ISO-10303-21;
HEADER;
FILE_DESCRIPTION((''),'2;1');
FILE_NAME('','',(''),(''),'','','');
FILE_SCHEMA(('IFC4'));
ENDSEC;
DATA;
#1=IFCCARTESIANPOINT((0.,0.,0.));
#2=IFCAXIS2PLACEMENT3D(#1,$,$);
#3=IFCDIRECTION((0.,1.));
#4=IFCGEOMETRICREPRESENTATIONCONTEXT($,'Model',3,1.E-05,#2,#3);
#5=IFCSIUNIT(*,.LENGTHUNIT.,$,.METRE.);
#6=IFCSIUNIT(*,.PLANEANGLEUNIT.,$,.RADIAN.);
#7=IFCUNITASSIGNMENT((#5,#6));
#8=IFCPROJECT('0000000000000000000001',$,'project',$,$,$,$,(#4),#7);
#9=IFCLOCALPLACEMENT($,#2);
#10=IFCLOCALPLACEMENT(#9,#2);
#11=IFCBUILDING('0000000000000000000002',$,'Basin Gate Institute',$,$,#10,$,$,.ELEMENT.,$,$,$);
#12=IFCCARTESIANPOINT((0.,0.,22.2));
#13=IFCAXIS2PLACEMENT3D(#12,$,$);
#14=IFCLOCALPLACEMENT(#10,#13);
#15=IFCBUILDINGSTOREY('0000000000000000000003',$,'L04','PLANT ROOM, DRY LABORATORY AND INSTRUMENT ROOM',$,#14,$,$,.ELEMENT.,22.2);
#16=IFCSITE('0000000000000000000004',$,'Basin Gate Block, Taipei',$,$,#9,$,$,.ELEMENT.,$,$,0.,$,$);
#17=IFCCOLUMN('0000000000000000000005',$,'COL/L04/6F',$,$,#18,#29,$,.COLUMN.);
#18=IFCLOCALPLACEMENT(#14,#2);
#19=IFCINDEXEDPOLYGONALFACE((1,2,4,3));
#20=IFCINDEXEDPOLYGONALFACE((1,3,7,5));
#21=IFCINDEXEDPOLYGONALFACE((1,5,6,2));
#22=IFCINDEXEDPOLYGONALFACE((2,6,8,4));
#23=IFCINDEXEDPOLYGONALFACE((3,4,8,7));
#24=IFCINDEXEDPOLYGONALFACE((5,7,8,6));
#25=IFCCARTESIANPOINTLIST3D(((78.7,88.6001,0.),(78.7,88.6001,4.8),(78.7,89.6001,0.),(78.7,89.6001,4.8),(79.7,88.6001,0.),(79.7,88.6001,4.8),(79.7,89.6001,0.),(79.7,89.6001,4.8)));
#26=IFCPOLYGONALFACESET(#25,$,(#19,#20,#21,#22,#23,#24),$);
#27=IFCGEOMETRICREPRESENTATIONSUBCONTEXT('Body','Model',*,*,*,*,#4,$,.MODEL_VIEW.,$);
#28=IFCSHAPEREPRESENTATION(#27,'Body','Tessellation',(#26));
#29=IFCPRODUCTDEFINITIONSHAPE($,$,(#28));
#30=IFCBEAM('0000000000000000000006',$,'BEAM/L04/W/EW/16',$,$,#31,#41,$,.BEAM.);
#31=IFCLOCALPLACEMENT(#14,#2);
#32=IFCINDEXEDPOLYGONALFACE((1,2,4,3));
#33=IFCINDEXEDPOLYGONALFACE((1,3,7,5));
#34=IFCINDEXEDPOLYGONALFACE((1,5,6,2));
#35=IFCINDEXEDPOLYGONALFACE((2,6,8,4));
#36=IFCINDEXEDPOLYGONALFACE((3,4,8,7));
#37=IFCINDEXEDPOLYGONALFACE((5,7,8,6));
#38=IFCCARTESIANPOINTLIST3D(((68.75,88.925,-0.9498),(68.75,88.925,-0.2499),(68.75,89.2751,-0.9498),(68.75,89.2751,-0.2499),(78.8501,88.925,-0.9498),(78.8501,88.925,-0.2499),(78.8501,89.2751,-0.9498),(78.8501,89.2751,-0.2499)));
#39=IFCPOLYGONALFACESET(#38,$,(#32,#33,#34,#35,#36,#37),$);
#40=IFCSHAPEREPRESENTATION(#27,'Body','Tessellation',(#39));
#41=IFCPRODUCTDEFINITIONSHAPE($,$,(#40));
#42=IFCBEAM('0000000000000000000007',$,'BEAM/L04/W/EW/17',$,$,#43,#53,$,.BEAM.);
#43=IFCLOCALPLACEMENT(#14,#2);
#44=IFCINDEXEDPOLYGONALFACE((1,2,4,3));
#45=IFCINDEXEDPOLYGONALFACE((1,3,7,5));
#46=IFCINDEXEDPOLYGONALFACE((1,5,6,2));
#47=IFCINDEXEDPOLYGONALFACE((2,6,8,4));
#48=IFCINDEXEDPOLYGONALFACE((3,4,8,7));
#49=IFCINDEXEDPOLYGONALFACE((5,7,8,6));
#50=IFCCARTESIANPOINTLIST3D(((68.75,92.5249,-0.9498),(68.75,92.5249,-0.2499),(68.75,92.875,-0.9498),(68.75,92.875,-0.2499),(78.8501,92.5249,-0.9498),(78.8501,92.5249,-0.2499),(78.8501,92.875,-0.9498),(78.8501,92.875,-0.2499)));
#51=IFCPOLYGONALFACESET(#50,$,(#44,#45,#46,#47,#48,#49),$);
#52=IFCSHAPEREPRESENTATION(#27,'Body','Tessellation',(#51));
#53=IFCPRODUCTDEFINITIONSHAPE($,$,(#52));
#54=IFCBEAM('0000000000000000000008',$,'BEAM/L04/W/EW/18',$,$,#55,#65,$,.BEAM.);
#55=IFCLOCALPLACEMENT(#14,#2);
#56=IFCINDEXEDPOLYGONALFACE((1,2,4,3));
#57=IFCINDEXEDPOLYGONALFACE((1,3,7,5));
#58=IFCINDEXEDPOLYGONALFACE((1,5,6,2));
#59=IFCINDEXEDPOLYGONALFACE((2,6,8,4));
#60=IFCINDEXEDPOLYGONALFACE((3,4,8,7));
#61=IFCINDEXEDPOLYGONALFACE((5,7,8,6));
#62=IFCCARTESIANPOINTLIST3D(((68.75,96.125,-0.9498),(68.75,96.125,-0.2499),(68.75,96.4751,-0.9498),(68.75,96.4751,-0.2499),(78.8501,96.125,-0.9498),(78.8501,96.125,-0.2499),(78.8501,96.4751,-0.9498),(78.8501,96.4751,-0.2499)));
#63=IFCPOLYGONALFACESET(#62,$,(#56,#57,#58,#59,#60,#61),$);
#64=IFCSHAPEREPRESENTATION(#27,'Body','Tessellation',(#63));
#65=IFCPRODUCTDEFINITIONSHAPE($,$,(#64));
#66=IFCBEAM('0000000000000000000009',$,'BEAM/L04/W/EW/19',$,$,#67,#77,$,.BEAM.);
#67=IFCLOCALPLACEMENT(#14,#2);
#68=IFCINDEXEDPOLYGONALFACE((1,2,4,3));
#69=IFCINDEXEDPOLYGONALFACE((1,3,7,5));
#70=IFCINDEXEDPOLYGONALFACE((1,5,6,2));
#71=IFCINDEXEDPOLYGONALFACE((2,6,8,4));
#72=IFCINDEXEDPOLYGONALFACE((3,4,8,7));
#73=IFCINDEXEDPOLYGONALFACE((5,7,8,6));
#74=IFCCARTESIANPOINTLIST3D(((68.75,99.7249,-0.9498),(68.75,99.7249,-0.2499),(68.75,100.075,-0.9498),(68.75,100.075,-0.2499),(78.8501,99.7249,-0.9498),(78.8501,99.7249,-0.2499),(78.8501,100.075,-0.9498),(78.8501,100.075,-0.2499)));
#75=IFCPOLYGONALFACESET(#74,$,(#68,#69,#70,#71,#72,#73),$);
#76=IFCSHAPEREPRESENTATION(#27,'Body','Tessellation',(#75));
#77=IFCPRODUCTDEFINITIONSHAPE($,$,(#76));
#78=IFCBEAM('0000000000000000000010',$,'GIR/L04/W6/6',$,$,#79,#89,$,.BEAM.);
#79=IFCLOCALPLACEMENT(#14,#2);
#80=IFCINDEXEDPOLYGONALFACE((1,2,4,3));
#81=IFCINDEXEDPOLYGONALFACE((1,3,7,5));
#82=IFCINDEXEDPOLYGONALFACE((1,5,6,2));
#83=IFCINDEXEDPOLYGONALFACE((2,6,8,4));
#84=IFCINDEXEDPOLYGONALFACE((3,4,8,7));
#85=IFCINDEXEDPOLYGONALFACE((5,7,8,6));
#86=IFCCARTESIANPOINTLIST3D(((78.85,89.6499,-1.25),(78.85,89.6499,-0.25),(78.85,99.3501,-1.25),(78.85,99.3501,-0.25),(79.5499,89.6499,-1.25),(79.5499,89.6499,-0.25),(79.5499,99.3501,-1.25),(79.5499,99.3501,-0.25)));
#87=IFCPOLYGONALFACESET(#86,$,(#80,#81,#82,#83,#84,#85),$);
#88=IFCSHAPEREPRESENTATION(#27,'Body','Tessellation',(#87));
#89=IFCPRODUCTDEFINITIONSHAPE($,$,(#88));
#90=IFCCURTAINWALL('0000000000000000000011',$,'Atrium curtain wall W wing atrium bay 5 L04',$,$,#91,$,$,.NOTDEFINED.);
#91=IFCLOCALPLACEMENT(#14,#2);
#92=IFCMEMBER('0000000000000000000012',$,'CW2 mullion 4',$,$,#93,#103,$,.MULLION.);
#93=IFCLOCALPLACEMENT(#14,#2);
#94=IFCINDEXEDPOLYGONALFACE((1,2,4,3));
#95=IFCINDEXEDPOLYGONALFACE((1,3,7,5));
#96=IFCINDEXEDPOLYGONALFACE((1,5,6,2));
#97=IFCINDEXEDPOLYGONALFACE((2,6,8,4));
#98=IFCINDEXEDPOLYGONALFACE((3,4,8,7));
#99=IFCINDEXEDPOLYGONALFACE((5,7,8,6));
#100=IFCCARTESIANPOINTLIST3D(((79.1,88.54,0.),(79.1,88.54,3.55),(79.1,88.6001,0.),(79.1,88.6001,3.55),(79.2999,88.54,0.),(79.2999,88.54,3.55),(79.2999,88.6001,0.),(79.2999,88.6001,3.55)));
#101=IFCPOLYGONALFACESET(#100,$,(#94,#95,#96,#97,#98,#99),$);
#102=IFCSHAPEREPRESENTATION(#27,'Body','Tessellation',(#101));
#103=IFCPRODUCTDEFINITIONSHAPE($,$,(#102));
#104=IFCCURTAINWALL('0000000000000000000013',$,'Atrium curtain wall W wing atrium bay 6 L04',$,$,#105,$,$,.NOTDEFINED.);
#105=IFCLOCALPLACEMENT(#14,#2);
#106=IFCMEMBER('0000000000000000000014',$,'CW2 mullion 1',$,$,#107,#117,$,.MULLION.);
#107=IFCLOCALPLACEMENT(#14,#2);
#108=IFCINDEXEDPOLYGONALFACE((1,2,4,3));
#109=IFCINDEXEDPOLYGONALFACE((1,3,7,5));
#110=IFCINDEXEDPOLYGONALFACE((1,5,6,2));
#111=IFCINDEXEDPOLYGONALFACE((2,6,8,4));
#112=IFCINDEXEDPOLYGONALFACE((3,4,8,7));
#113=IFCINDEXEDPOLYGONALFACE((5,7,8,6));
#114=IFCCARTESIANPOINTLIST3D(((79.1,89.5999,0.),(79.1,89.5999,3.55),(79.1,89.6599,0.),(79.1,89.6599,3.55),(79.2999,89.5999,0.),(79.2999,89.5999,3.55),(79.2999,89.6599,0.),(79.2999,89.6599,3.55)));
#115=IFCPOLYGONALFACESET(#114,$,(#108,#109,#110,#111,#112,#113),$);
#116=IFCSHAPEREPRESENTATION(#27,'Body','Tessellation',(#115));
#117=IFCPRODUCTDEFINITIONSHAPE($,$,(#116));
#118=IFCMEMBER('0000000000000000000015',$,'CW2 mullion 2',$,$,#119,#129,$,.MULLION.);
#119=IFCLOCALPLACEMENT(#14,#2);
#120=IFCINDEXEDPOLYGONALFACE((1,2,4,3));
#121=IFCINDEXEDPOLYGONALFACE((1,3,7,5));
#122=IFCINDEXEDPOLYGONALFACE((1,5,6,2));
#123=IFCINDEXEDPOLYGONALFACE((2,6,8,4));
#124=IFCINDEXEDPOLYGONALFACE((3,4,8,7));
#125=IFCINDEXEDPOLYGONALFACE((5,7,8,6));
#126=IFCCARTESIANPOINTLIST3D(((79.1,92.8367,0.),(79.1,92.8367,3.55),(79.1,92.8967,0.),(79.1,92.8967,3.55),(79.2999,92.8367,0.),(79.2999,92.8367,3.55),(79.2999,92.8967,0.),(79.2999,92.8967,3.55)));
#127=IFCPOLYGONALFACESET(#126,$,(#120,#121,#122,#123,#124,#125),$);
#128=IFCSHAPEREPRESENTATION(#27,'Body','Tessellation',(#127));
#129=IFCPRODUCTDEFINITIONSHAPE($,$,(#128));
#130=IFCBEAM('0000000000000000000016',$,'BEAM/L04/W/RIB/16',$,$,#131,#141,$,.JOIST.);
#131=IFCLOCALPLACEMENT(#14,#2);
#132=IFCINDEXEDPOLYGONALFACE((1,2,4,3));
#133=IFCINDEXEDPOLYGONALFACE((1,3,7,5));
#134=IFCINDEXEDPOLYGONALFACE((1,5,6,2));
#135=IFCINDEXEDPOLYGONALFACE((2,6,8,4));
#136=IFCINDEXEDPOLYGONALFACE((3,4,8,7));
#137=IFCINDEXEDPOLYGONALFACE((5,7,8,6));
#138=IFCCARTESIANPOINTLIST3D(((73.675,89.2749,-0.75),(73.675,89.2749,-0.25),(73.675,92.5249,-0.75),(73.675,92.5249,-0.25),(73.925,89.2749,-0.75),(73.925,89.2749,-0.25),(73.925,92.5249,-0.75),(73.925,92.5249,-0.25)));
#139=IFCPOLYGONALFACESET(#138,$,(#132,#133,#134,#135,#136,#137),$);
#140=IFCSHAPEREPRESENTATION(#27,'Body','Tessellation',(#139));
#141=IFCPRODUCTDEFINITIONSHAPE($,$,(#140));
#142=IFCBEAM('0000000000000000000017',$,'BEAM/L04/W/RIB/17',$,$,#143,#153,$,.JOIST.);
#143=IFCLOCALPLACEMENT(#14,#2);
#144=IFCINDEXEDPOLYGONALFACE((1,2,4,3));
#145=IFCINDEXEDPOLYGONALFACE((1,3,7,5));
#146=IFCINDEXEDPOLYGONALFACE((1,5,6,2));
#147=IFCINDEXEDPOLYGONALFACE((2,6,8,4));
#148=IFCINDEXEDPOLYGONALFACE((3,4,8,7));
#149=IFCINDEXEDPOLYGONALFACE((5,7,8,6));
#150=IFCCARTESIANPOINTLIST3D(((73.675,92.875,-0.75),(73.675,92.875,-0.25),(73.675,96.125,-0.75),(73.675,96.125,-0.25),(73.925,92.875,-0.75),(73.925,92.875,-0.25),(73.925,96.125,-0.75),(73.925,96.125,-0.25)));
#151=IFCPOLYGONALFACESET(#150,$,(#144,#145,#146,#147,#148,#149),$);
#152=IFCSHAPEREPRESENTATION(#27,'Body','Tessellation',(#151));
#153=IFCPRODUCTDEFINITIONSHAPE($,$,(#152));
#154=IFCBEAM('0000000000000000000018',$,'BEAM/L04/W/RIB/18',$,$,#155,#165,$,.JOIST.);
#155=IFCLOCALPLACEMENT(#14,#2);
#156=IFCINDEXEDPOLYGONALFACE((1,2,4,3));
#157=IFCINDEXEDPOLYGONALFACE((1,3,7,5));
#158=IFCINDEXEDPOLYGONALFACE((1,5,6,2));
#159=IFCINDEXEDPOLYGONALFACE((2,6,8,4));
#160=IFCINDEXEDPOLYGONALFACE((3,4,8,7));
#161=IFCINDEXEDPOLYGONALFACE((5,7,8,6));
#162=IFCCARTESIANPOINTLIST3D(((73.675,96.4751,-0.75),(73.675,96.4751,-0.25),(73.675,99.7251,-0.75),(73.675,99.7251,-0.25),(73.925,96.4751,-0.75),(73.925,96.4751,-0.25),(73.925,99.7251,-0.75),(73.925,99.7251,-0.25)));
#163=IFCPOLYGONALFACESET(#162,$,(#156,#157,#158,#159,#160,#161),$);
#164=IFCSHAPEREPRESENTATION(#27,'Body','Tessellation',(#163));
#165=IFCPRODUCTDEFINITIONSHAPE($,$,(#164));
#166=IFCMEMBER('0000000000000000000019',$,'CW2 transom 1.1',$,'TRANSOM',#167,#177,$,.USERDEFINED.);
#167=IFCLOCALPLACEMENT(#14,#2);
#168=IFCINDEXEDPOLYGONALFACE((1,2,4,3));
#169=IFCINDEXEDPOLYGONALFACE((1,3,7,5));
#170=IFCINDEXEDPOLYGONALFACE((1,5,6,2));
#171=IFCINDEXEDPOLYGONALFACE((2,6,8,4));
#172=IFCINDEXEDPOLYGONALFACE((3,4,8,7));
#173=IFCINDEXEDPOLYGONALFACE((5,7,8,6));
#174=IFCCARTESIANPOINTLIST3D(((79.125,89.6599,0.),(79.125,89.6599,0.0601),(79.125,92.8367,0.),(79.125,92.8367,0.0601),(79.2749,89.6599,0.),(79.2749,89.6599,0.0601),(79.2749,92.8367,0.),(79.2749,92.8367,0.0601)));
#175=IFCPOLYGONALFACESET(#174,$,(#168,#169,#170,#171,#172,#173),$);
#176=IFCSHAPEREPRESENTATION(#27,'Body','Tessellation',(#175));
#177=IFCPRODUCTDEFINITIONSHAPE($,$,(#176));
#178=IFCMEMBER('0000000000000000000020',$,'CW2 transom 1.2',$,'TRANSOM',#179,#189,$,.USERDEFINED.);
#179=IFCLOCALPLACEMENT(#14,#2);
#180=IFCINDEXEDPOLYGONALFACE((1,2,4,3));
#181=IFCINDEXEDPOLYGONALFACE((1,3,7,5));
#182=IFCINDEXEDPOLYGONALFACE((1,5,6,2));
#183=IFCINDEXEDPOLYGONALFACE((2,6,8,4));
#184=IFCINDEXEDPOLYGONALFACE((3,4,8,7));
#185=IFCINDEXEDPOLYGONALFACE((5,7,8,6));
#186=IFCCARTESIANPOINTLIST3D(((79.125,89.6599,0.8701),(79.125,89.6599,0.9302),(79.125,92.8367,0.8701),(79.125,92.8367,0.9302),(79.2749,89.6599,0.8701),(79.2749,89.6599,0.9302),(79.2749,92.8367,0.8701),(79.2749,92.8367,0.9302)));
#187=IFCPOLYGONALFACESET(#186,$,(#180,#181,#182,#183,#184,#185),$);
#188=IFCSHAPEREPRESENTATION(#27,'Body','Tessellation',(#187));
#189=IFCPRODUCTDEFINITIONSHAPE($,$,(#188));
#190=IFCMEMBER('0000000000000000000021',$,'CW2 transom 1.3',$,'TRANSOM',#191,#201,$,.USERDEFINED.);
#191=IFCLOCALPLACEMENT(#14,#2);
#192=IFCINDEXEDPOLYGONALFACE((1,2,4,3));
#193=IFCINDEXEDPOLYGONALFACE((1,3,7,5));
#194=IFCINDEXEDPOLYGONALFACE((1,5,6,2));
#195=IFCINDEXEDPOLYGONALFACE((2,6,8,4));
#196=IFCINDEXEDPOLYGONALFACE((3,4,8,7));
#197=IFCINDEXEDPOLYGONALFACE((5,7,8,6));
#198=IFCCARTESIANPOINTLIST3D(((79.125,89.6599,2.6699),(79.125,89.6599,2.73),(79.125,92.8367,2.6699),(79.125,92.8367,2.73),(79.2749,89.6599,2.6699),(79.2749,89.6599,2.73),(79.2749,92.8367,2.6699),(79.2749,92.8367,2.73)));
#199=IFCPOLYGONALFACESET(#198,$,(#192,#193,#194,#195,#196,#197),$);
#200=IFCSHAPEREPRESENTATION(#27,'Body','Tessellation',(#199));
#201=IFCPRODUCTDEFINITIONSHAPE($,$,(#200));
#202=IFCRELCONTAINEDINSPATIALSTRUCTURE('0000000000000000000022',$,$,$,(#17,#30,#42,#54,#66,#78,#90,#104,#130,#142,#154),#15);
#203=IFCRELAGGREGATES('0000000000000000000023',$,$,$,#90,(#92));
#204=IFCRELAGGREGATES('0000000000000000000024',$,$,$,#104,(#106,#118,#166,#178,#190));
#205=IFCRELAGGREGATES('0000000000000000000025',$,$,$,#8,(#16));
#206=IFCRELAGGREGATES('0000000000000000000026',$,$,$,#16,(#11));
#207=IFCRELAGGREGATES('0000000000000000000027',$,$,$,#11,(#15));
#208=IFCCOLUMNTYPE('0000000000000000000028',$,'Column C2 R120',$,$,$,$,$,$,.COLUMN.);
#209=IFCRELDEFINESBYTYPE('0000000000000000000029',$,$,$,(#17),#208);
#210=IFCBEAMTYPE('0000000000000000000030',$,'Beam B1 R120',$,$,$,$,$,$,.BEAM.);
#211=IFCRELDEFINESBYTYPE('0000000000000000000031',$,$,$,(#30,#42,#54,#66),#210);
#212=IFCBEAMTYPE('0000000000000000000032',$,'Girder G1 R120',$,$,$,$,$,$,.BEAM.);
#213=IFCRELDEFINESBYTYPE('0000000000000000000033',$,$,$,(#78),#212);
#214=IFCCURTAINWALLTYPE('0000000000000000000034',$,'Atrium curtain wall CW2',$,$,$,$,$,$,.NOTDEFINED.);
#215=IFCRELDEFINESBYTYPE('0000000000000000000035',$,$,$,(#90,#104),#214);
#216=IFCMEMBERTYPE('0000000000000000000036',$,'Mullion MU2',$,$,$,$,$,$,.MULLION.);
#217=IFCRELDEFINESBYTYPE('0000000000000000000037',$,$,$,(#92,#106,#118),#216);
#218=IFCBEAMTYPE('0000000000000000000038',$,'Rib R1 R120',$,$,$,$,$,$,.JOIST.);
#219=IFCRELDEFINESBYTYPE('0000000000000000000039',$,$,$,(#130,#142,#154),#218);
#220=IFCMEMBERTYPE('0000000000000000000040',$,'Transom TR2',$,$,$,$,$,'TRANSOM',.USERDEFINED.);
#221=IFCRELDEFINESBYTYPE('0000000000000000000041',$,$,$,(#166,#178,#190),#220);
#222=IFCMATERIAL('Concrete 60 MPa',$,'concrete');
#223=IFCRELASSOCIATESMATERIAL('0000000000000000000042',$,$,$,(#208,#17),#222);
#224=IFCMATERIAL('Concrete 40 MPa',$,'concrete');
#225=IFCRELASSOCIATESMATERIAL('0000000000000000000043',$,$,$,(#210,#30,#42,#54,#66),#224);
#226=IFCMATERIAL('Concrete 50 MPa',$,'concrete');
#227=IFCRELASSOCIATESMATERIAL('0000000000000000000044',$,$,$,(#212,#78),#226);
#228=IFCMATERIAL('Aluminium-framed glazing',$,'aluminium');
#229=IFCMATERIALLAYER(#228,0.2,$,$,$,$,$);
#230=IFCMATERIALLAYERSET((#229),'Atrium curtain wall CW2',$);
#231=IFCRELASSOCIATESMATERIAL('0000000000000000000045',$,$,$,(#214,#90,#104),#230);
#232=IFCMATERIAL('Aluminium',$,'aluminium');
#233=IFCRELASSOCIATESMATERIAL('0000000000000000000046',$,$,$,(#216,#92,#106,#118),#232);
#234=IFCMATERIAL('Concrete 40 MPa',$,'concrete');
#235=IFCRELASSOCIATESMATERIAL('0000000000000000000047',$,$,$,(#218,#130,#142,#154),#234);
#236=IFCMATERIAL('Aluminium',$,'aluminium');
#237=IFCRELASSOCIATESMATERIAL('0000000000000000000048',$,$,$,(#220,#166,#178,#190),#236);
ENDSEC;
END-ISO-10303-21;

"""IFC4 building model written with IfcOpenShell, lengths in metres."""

from ifc_helpers import new_model, si_unit, direction, frame, origin, origin_2d, place, context, subcontext, project, spatial, rectangle, extrude, material, layer, layer_set, material_profile, profile_set, type_object, element, aggregate, save


model = new_model("IFC4")

# Units and contexts
model_context = context("Model", 3, precision=1e-05, world=origin(), true_north=direction((0.0, 1.0)))
body_context = subcontext(model_context, "Body", "Model", "MODEL_VIEW")
ifc_project = project(units=[si_unit("LENGTHUNIT", "METRE"), si_unit("PLANEANGLEUNIT", "RADIAN")], contexts=[model_context])

# Site, building, storey
site_placement = place(None, origin())
site = spatial("IfcSite", under=ifc_project, at=site_placement, Name="Basin Gate Block, Taipei", CompositionType="ELEMENT", RefElevation=0.0)
building_placement = place(site_placement, origin())
building = spatial("IfcBuilding", under=site, at=building_placement, Name="Basin Gate Institute", CompositionType="ELEMENT")
storey_placement = place(building_placement, frame((0.0, 0.0, 22.2)))
storey = spatial("IfcBuildingStorey", under=building, at=storey_placement, Name="L04", Description="PLANT ROOM, DRY LABORATORY AND INSTRUMENT ROOM", CompositionType="ELEMENT", Elevation=22.2)

# Column
ifc_material_1 = material(Name="Concrete 60 MPa", Category="concrete")
ifc_material_profile_1 = material_profile(ifc_material_1, rectangle(XDim=1.0, YDim=1.0, at=origin_2d()), Name="Column C2 1000 x 1000")
ifc_profile_set_1 = profile_set([ifc_material_profile_1], Name="Concrete 60 MPa")
column_type = type_object("IfcColumnType", Name="Column C2 R120", PredefinedType="COLUMN", material=ifc_profile_set_1)
column_placement = place(storey_placement, frame((79.2, 89.1001, 0.0), z_axis=(0.0, 0.0, 1.0), x_axis=(1.0, 0.0, 0.0)))
element("IfcColumn", 1, at=column_placement, inside=storey, type_object=column_type, material=ifc_profile_set_1, Name="COL/L04/6F", PredefinedType="COLUMN", context=body_context, shape_type="SweptSolid", body=[
    extrude(rectangle(XDim=1.0, YDim=1.0, at=origin_2d()), origin(), (0.0, 0.0, 1.0), 4.8),
])

# Beams
ifc_material_2 = material(Name="Concrete 40 MPa", Category="concrete")
ifc_material_profile_2 = material_profile(ifc_material_2, rectangle(XDim=0.3501, YDim=0.7, at=origin_2d()), Name="Beam B1 350 x 700")
ifc_profile_set_2 = profile_set([ifc_material_profile_2], Name="Concrete 40 MPa")
beam_type_1 = type_object("IfcBeamType", Name="Beam B1 R120", PredefinedType="BEAM", material=ifc_profile_set_2)
for number, where, z_axis, x_axis, name in (
    (2, (68.75, 89.1001, -0.5999), (1.0, 0.0, 0.0), (0.0, 1.0, 0.0), "BEAM/L04/W/EW/16"),
    (3, (68.75, 92.7, -0.5999), (1.0, 0.0, 0.0), (0.0, 1.0, 0.0), "BEAM/L04/W/EW/17"),
    (4, (68.75, 96.3, -0.5999), (1.0, 0.0, 0.0), (0.0, 1.0, 0.0), "BEAM/L04/W/EW/18"),
    (5, (68.75, 99.8999, -0.5999), (1.0, 0.0, 0.0), (0.0, 1.0, 0.0), "BEAM/L04/W/EW/19"),
):
    element("IfcBeam", number, at=place(storey_placement, frame(where, z_axis=z_axis, x_axis=x_axis)), inside=storey, type_object=beam_type_1, material=ifc_profile_set_2, Name=name, PredefinedType="BEAM", context=body_context, shape_type="SweptSolid", body=[
        extrude(rectangle(XDim=0.3501, YDim=0.7, at=origin_2d()), origin(), (0.0, 0.0, 1.0), 10.1001),
    ])
ifc_material_3 = material(Name="Concrete 50 MPa", Category="concrete")
ifc_material_profile_3 = material_profile(ifc_material_3, rectangle(XDim=0.7, YDim=1.0, at=origin_2d()), Name="Girder G1 700 x 1000")
ifc_profile_set_3 = profile_set([ifc_material_profile_3], Name="Concrete 50 MPa")
beam_type_2 = type_object("IfcBeamType", Name="Girder G1 R120", PredefinedType="BEAM", material=ifc_profile_set_3)
beam_placement = place(storey_placement, frame((79.2, 89.6499, -0.75), z_axis=(0.0, 1.0, 0.0), x_axis=(-1.0, 0.0, 0.0)))
element("IfcBeam", 6, at=beam_placement, inside=storey, type_object=beam_type_2, material=ifc_profile_set_3, Name="GIR/L04/W6/6", PredefinedType="BEAM", context=body_context, shape_type="SweptSolid", body=[
    extrude(rectangle(XDim=0.7, YDim=1.0, at=origin_2d()), origin(), (0.0, 0.0, 1.0), 9.7002),
])

# Curtain wall, member
ifc_material_4 = material(Name="Aluminium-framed glazing", Category="aluminium")
ifc_layer_1 = layer(ifc_material_4, 0.2)
ifc_layer_set_1 = layer_set([ifc_layer_1], Name="Atrium curtain wall CW2")
curtain_wall_type = type_object("IfcCurtainWallType", Name="Atrium curtain wall CW2", PredefinedType="NOTDEFINED", material=ifc_layer_set_1)
curtain_wall_1_placement = place(storey_placement, origin())
curtain_wall_1 = element("IfcCurtainWall", 7, at=curtain_wall_1_placement, inside=storey, type_object=curtain_wall_type, material=ifc_layer_set_1, Name="Atrium curtain wall W wing atrium bay 5 L04", PredefinedType="NOTDEFINED")
ifc_material_5 = material(Name="Aluminium", Category="aluminium")
ifc_material_profile_4 = material_profile(ifc_material_5, rectangle(XDim=0.2, YDim=0.0601, at=origin_2d()), Name="Mullion MU2 200 x 60")
ifc_profile_set_4 = profile_set([ifc_material_profile_4], Name="Aluminium")
member_type_1 = type_object("IfcMemberType", Name="Mullion MU2", PredefinedType="MULLION", material=ifc_profile_set_4)
member_1_placement = place(storey_placement, frame((79.2, 88.5701, 0.0), z_axis=(0.0, 0.0, 1.0), x_axis=(-1.0, 0.0, 0.0)))
member_1 = element("IfcMember", 8, at=member_1_placement, type_object=member_type_1, material=ifc_profile_set_4, Name="CW2 mullion 4", PredefinedType="MULLION", context=body_context, shape_type="SweptSolid", body=[
    extrude(rectangle(XDim=0.2, YDim=0.0601, at=origin_2d()), origin(), (0.0, 0.0, 1.0), 3.55),
])

# Curtain wall, members
curtain_wall_2_placement = place(storey_placement, origin())
curtain_wall_2 = element("IfcCurtainWall", 9, at=curtain_wall_2_placement, inside=storey, type_object=curtain_wall_type, material=ifc_layer_set_1, Name="Atrium curtain wall W wing atrium bay 6 L04", PredefinedType="NOTDEFINED")
member_2_placement = place(storey_placement, frame((79.2, 89.6299, 0.0), z_axis=(0.0, 0.0, 1.0), x_axis=(-1.0, 0.0, 0.0)))
member_2 = element("IfcMember", 10, at=member_2_placement, type_object=member_type_1, material=ifc_profile_set_4, Name="CW2 mullion 1", PredefinedType="MULLION", context=body_context, shape_type="SweptSolid", body=[
    extrude(rectangle(XDim=0.2, YDim=0.0601, at=origin_2d()), origin(), (0.0, 0.0, 1.0), 3.55),
])
member_3_placement = place(storey_placement, frame((79.2, 92.8667, 0.0), z_axis=(0.0, 0.0, 1.0), x_axis=(-1.0, 0.0, 0.0)))
member_3 = element("IfcMember", 11, at=member_3_placement, type_object=member_type_1, material=ifc_profile_set_4, Name="CW2 mullion 2", PredefinedType="MULLION", context=body_context, shape_type="SweptSolid", body=[
    extrude(rectangle(XDim=0.2, YDim=0.0601, at=origin_2d()), origin(), (0.0, 0.0, 1.0), 3.55),
])

# Beams
ifc_material_6 = material(Name="Concrete 40 MPa", Category="concrete")
ifc_material_profile_5 = material_profile(ifc_material_6, rectangle(XDim=0.25, YDim=0.5, at=origin_2d()), Name="Rib R1 250 x 500")
ifc_profile_set_5 = profile_set([ifc_material_profile_5], Name="Concrete 40 MPa")
beam_type_3 = type_object("IfcBeamType", Name="Rib R1 R120", PredefinedType="JOIST", material=ifc_profile_set_5)
for number, where, z_axis, x_axis, name in (
    (12, (73.8, 89.2749, -0.5), (0.0, 1.0, 0.0), (-1.0, 0.0, 0.0), "BEAM/L04/W/RIB/16"),
    (13, (73.8, 92.875, -0.5), (0.0, 1.0, 0.0), (-1.0, 0.0, 0.0), "BEAM/L04/W/RIB/17"),
    (14, (73.8, 96.4751, -0.5), (0.0, 1.0, 0.0), (-1.0, 0.0, 0.0), "BEAM/L04/W/RIB/18"),
):
    element("IfcBeam", number, at=place(storey_placement, frame(where, z_axis=z_axis, x_axis=x_axis)), inside=storey, type_object=beam_type_3, material=ifc_profile_set_5, Name=name, PredefinedType="JOIST", context=body_context, shape_type="SweptSolid", body=[
        extrude(rectangle(XDim=0.25, YDim=0.5, at=origin_2d()), origin(), (0.0, 0.0, 1.0), 3.25),
    ])

# Members
ifc_material_7 = material(Name="Aluminium", Category="aluminium")
ifc_material_profile_6 = material_profile(ifc_material_7, rectangle(XDim=0.1499, YDim=0.0601, at=origin_2d()), Name="Transom TR2 150 x 60")
ifc_profile_set_6 = profile_set([ifc_material_profile_6], Name="Aluminium")
member_type_2 = type_object("IfcMemberType", Name="Transom TR2", ElementType="TRANSOM", PredefinedType="USERDEFINED", material=ifc_profile_set_6)
member_4_placement = place(storey_placement, frame((79.2, 89.6599, 0.03), z_axis=(0.0, 1.0, 0.0), x_axis=(-1.0, 0.0, 0.0)))
member_4 = element("IfcMember", 15, at=member_4_placement, type_object=member_type_2, material=ifc_profile_set_6, Name="CW2 transom 1.1", ObjectType="TRANSOM", PredefinedType="USERDEFINED", context=body_context, shape_type="SweptSolid", body=[
    extrude(rectangle(XDim=0.1499, YDim=0.0601, at=origin_2d()), origin(), (0.0, 0.0, 1.0), 3.1768),
])
member_5_placement = place(storey_placement, frame((79.2, 89.6599, 0.9001), z_axis=(0.0, 1.0, 0.0), x_axis=(-1.0, 0.0, 0.0)))
member_5 = element("IfcMember", 16, at=member_5_placement, type_object=member_type_2, material=ifc_profile_set_6, Name="CW2 transom 1.2", ObjectType="TRANSOM", PredefinedType="USERDEFINED", context=body_context, shape_type="SweptSolid", body=[
    extrude(rectangle(XDim=0.1499, YDim=0.0601, at=origin_2d()), origin(), (0.0, 0.0, 1.0), 3.1768),
])
member_6_placement = place(storey_placement, frame((79.2, 89.6599, 2.7), z_axis=(0.0, 1.0, 0.0), x_axis=(-1.0, 0.0, 0.0)))
member_6 = element("IfcMember", 17, at=member_6_placement, type_object=member_type_2, material=ifc_profile_set_6, Name="CW2 transom 1.3", ObjectType="TRANSOM", PredefinedType="USERDEFINED", context=body_context, shape_type="SweptSolid", body=[
    extrude(rectangle(XDim=0.1499, YDim=0.0601, at=origin_2d()), origin(), (0.0, 0.0, 1.0), 3.1768),
])

aggregate(curtain_wall_1, [member_1])
aggregate(curtain_wall_2, [member_2, member_3, member_4, member_5, member_6])

save(model, "model.ifc")
